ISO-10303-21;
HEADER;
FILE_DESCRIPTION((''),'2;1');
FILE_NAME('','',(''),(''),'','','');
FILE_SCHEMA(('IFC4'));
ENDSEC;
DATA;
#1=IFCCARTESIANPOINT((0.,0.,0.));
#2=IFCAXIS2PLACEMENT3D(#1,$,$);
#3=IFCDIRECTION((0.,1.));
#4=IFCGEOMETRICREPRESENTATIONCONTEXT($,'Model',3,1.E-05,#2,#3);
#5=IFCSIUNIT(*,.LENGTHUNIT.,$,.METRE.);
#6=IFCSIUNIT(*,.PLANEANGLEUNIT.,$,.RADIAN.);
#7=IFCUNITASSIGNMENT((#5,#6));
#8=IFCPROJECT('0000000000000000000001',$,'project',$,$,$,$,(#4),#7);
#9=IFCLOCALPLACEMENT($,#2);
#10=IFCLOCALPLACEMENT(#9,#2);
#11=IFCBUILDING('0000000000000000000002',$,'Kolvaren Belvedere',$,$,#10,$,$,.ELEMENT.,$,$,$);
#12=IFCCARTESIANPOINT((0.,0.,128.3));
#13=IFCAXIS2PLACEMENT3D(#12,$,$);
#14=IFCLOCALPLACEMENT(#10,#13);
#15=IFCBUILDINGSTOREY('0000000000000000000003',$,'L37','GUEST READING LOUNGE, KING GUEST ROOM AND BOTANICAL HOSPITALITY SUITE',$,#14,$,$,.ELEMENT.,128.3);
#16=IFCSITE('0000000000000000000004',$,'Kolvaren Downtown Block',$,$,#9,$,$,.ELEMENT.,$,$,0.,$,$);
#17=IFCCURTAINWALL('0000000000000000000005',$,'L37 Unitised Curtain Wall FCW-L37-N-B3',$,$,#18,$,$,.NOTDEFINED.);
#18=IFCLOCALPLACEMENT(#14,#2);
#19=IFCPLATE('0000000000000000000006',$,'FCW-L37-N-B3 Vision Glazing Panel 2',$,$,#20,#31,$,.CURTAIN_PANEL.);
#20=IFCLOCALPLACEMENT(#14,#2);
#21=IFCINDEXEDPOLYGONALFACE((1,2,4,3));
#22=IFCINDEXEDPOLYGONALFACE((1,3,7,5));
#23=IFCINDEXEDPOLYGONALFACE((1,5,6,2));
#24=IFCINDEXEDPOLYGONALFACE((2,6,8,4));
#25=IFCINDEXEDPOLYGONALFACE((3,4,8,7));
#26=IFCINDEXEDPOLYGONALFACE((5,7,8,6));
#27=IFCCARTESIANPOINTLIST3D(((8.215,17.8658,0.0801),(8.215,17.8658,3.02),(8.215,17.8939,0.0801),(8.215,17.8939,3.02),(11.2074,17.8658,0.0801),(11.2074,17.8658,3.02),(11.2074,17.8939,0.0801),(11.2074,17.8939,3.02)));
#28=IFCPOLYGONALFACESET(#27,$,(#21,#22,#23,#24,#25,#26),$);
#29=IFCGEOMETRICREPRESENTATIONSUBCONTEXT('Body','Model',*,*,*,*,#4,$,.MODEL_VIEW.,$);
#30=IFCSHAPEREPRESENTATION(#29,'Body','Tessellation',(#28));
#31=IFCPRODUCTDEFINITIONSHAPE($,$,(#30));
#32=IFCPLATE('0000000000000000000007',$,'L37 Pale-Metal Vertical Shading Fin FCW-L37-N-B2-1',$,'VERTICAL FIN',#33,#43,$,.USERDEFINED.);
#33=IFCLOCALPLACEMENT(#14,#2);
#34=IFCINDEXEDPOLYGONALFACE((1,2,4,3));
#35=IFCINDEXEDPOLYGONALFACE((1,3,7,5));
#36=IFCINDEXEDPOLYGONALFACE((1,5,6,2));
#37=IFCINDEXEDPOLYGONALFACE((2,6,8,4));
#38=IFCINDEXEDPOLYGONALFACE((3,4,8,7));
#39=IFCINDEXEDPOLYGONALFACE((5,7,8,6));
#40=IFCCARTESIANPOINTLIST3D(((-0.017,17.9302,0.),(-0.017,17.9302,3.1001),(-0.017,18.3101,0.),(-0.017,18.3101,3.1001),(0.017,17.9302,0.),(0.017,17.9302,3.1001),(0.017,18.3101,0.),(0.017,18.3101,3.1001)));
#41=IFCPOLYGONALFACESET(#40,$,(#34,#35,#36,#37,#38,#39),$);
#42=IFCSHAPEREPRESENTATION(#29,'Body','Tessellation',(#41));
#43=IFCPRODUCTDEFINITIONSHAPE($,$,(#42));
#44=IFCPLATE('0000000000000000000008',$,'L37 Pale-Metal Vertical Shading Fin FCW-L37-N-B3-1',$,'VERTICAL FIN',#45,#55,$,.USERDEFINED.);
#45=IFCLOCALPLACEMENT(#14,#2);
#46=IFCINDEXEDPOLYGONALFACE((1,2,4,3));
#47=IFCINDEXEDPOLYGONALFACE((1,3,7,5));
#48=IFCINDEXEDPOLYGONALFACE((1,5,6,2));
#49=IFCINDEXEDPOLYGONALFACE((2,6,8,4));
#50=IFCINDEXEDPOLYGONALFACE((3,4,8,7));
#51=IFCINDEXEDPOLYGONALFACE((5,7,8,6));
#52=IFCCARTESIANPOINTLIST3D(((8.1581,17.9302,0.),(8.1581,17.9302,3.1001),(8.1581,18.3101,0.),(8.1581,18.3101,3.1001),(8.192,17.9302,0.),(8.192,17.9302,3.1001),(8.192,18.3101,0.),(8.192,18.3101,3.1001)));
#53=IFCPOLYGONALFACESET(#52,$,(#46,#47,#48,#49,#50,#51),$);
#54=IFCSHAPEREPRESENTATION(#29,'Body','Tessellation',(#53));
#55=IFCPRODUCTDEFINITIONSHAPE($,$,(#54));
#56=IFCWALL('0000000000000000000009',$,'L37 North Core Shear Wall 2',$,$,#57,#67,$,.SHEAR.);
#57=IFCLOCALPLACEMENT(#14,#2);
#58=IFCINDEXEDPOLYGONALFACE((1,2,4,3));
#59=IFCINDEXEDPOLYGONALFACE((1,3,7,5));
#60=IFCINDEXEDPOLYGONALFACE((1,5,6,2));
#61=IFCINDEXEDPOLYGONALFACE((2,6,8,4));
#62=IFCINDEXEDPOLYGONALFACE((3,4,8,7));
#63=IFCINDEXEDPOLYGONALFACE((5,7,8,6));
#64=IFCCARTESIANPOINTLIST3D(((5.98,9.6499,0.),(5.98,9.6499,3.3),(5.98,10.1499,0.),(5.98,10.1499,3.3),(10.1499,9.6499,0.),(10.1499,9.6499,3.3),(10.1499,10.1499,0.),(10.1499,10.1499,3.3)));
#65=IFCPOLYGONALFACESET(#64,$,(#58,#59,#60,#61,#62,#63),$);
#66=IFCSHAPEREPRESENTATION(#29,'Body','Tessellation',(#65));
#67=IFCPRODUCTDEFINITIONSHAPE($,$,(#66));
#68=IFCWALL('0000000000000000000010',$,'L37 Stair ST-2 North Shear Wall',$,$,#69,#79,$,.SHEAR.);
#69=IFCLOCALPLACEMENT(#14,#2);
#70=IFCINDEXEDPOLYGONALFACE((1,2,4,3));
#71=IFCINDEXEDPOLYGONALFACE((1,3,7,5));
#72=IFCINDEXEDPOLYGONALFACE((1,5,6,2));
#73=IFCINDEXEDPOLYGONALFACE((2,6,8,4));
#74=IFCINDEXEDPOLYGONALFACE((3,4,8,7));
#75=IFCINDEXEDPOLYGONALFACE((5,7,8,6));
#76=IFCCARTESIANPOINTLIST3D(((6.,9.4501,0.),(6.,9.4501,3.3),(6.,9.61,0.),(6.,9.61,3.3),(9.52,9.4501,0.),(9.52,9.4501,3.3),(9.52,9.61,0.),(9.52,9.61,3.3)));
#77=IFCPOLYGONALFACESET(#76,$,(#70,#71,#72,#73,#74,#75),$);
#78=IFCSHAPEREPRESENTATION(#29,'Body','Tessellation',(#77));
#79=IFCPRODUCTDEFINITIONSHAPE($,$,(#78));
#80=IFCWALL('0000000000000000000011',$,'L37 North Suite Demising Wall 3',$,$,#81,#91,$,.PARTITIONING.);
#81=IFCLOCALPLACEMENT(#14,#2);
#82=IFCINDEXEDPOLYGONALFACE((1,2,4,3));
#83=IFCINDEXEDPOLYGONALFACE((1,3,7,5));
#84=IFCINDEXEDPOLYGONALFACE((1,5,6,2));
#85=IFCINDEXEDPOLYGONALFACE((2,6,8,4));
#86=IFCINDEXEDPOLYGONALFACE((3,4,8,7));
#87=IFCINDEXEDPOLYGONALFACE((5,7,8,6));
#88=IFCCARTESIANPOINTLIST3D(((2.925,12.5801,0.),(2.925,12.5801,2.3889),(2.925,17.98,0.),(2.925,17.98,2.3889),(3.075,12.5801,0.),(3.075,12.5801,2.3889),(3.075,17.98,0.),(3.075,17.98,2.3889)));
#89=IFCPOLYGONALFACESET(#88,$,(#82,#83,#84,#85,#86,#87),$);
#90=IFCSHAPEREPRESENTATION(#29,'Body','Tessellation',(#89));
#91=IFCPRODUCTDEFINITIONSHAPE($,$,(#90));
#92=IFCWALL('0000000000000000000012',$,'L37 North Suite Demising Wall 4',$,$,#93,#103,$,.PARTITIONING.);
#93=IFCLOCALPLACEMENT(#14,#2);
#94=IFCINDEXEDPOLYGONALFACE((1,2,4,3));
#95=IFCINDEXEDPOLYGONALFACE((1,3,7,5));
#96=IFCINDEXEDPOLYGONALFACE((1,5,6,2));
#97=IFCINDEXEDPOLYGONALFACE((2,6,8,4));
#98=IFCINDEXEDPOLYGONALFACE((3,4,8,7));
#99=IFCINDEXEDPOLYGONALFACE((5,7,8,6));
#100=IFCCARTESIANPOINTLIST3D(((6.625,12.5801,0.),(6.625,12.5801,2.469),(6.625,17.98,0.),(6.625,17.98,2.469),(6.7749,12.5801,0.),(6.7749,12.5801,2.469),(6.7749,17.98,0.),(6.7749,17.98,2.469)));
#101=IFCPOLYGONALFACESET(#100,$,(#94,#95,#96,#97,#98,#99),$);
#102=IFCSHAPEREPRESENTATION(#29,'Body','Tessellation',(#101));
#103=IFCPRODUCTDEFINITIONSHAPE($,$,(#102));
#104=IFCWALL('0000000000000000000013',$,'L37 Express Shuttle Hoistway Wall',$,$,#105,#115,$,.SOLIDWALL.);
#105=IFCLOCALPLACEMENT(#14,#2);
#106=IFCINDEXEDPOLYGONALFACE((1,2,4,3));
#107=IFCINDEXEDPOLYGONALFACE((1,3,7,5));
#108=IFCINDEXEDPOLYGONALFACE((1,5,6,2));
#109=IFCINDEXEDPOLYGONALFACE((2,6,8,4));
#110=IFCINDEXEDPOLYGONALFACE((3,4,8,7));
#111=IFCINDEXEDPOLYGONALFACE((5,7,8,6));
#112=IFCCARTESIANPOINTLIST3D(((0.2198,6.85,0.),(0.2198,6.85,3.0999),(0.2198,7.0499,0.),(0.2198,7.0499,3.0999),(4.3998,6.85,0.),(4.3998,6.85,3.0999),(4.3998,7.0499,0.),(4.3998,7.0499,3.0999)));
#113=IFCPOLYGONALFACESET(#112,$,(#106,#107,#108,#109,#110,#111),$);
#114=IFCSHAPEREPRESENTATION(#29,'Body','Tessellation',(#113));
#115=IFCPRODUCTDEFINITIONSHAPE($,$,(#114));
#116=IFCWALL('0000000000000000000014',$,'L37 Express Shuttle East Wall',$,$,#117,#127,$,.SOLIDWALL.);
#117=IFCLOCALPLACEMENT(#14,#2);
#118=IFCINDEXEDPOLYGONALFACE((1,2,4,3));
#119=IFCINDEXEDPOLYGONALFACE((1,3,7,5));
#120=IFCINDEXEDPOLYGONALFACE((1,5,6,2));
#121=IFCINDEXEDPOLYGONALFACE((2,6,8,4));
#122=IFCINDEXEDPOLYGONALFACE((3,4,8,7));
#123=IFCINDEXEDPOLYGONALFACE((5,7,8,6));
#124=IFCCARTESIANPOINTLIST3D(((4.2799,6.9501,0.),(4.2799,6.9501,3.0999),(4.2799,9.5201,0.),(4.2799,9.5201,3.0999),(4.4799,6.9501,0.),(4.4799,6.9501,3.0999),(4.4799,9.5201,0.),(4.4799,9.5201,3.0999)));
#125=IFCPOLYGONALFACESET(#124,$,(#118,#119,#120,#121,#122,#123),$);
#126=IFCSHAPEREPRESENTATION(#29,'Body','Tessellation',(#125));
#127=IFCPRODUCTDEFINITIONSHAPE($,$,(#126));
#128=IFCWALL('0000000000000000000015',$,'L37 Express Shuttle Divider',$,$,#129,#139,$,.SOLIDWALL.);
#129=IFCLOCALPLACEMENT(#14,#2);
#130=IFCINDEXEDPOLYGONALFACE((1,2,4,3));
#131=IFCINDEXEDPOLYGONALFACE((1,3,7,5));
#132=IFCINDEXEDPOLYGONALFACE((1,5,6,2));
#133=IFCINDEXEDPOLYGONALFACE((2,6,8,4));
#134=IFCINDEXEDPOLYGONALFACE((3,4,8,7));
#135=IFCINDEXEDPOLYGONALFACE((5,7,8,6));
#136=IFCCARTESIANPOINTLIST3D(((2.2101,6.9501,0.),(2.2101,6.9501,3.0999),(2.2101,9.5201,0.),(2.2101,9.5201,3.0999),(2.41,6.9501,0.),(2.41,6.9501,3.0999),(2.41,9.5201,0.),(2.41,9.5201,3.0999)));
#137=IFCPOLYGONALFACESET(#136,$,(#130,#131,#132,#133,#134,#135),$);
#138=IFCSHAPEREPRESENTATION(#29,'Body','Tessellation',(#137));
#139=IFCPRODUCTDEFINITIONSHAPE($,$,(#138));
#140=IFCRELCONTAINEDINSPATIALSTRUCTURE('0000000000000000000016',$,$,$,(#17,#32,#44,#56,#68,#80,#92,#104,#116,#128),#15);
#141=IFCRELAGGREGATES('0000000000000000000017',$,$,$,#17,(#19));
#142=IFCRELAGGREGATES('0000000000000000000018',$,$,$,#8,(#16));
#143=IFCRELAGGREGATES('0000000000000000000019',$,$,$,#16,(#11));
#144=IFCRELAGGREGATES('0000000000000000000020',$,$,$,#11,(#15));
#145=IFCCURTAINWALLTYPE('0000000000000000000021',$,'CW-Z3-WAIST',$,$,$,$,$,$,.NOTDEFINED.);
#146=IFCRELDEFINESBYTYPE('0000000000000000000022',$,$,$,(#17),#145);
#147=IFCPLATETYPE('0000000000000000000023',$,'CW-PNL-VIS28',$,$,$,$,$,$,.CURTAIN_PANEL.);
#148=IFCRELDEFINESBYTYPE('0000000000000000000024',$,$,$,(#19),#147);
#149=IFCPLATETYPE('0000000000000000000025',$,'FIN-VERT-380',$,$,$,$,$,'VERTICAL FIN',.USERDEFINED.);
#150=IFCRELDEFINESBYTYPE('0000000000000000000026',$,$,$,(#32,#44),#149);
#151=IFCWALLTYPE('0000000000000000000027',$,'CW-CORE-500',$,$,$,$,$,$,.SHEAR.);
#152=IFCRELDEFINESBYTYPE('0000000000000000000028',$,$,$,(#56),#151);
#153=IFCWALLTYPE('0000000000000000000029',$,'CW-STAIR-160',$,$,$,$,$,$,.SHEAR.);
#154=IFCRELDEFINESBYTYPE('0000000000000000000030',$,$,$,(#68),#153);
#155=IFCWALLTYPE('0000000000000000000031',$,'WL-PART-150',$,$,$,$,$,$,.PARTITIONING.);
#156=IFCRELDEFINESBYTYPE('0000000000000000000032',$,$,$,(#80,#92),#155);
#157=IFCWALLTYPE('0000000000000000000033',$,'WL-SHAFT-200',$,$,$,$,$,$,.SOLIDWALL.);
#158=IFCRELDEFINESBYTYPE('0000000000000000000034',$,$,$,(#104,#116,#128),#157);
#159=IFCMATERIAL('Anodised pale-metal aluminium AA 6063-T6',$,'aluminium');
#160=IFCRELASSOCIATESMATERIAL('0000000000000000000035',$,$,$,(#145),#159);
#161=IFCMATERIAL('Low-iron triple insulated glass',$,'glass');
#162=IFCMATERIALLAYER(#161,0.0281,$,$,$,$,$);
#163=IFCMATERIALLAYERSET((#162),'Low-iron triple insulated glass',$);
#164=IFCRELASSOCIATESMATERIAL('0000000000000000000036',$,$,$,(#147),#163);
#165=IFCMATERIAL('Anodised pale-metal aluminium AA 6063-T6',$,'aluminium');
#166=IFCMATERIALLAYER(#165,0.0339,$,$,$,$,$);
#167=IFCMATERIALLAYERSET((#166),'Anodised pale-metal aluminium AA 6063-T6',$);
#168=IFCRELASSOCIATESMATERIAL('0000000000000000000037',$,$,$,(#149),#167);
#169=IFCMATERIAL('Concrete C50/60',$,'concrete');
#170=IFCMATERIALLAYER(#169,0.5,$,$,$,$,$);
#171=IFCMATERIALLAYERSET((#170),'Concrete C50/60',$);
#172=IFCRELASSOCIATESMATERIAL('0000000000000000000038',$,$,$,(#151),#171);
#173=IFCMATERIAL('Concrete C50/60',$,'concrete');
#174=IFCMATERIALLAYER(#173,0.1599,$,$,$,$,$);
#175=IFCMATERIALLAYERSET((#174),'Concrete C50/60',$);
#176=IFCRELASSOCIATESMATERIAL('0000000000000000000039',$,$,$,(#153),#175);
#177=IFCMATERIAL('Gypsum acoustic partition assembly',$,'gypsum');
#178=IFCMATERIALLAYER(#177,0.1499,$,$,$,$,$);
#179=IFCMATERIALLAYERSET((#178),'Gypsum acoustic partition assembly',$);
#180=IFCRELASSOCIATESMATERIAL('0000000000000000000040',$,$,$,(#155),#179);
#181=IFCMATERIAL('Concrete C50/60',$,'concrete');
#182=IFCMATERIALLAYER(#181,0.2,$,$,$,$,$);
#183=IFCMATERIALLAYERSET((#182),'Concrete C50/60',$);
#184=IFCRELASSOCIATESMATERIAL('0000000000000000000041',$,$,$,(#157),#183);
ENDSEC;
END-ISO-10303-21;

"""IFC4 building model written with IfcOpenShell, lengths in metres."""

from ifc_helpers import new_model, si_unit, direction, frame, frame_2d, origin, origin_2d, place, context, subcontext, project, spatial, rectangle, extrude, material, layer, layer_set, type_object, element, aggregate, save


model = new_model("IFC4")

# Units and contexts
model_context = context("Model", 3, precision=1e-05, world=origin(), true_north=direction((0.0, 1.0)))
body_context = subcontext(model_context, "Body", "Model", "MODEL_VIEW")
ifc_project = project(units=[si_unit("LENGTHUNIT", "METRE"), si_unit("PLANEANGLEUNIT", "RADIAN")], contexts=[model_context])

# Site, building, storey
site_placement = place(None, origin())
site = spatial("IfcSite", under=ifc_project, at=site_placement, Name="Kolvaren Downtown Block", CompositionType="ELEMENT", RefElevation=0.0)
building_placement = place(site_placement, origin())
building = spatial("IfcBuilding", under=site, at=building_placement, Name="Kolvaren Belvedere", CompositionType="ELEMENT")
storey_placement = place(building_placement, frame((0.0, 0.0, 128.3)))
storey = spatial("IfcBuildingStorey", under=building, at=storey_placement, Name="L37", Description="GUEST READING LOUNGE, KING GUEST ROOM AND BOTANICAL HOSPITALITY SUITE", CompositionType="ELEMENT", Elevation=128.3)

# Curtain wall
ifc_material_1 = material(Name="Anodised pale-metal aluminium AA 6063-T6", Category="aluminium")
curtain_wall_type = type_object("IfcCurtainWallType", Name="CW-Z3-WAIST", PredefinedType="NOTDEFINED", material=ifc_material_1)
curtain_wall_1_placement = place(storey_placement, origin())
curtain_wall_1 = element("IfcCurtainWall", 1, at=curtain_wall_1_placement, inside=storey, type_object=curtain_wall_type, Name="L37 Unitised Curtain Wall FCW-L37-N-B3", PredefinedType="NOTDEFINED")

# Plate
ifc_material_2 = material(Name="Low-iron triple insulated glass", Category="glass")
ifc_layer_1 = layer(ifc_material_2, 0.0281)
ifc_layer_set_1 = layer_set([ifc_layer_1], Name="Low-iron triple insulated glass")
plate_type_1 = type_object("IfcPlateType", Name="CW-PNL-VIS28", PredefinedType="CURTAIN_PANEL", material=ifc_layer_set_1)
plate_1_placement = place(storey_placement, frame((9.7112, 17.8799, 0.0801), z_axis=(0.0, 0.0, 1.0), x_axis=(1.0, 0.0, 0.0)))
plate_1 = element("IfcPlate", 2, at=plate_1_placement, type_object=plate_type_1, Name="FCW-L37-N-B3 Vision Glazing Panel 2", PredefinedType="CURTAIN_PANEL", context=body_context, shape_type="SweptSolid", body=[
    extrude(rectangle(XDim=2.9924, YDim=0.0281, at=origin_2d()), origin(), (0.0, 0.0, 1.0), 2.9399),
])
aggregate(curtain_wall_1, [plate_1])

# Plates
ifc_material_3 = material(Name="Anodised pale-metal aluminium AA 6063-T6", Category="aluminium")
ifc_layer_2 = layer(ifc_material_3, 0.0339)
ifc_layer_set_2 = layer_set([ifc_layer_2], Name="Anodised pale-metal aluminium AA 6063-T6")
plate_type_2 = type_object("IfcPlateType", Name="FIN-VERT-380", ElementType="VERTICAL FIN", PredefinedType="USERDEFINED", material=ifc_layer_set_2)
for number, where, z_axis, x_axis, name in (
    (3, (0.0, 18.1201, 0.0), (0.0, 0.0, 1.0), (0.0, 1.0, 0.0), "L37 Pale-Metal Vertical Shading Fin FCW-L37-N-B2-1"),
    (4, (8.175, 18.1201, 0.0), (0.0, 0.0, 1.0), (0.0, 1.0, 0.0), "L37 Pale-Metal Vertical Shading Fin FCW-L37-N-B3-1"),
):
    element("IfcPlate", number, at=place(storey_placement, frame(where, z_axis=z_axis, x_axis=x_axis)), inside=storey, type_object=plate_type_2, Name=name, ObjectType="VERTICAL FIN", PredefinedType="USERDEFINED", context=body_context, shape_type="SweptSolid", body=[
        extrude(rectangle(XDim=0.3799, YDim=0.0339, at=origin_2d()), origin(), (0.0, 0.0, 1.0), 3.1001),
    ])

# Walls
ifc_material_4 = material(Name="Concrete C50/60", Category="concrete")
ifc_layer_3 = layer(ifc_material_4, 0.5)
ifc_layer_set_3 = layer_set([ifc_layer_3], Name="Concrete C50/60")
wall_type_1 = type_object("IfcWallType", Name="CW-CORE-500", PredefinedType="SHEAR", material=ifc_layer_set_3)
wall_1_placement = place(storey_placement, frame((5.98, 9.8999, 0.0), z_axis=(0.0, 0.0, 1.0), x_axis=(1.0, 0.0, 0.0)))
element("IfcWall", 5, at=wall_1_placement, inside=storey, type_object=wall_type_1, Name="L37 North Core Shear Wall 2", PredefinedType="SHEAR", context=body_context, shape_type="SweptSolid", body=[
    extrude(rectangle(XDim=4.1699, YDim=0.5, at=frame_2d((2.085, 0.0))), origin(), (0.0, 0.0, 1.0), 3.3),
])
ifc_material_5 = material(Name="Concrete C50/60", Category="concrete")
ifc_layer_4 = layer(ifc_material_5, 0.1599)
ifc_layer_set_4 = layer_set([ifc_layer_4], Name="Concrete C50/60")
wall_type_2 = type_object("IfcWallType", Name="CW-STAIR-160", PredefinedType="SHEAR", material=ifc_layer_set_4)
wall_2_placement = place(storey_placement, frame((6.0, 9.53, 0.0), z_axis=(0.0, 0.0, 1.0), x_axis=(1.0, 0.0, 0.0)))
element("IfcWall", 6, at=wall_2_placement, inside=storey, type_object=wall_type_2, Name="L37 Stair ST-2 North Shear Wall", PredefinedType="SHEAR", context=body_context, shape_type="SweptSolid", body=[
    extrude(rectangle(XDim=3.52, YDim=0.1599, at=frame_2d((1.76, 0.0))), origin(), (0.0, 0.0, 1.0), 3.3),
])
ifc_material_6 = material(Name="Gypsum acoustic partition assembly", Category="gypsum")
ifc_layer_5 = layer(ifc_material_6, 0.1499)
ifc_layer_set_5 = layer_set([ifc_layer_5], Name="Gypsum acoustic partition assembly")
wall_type_3 = type_object("IfcWallType", Name="WL-PART-150", PredefinedType="PARTITIONING", material=ifc_layer_set_5)
wall_3_placement = place(storey_placement, frame((3.0, 12.5801, 0.0), z_axis=(0.0, 0.0, 1.0), x_axis=(0.0, 1.0, 0.0)))
element("IfcWall", 7, at=wall_3_placement, inside=storey, type_object=wall_type_3, Name="L37 North Suite Demising Wall 3", PredefinedType="PARTITIONING", context=body_context, shape_type="SweptSolid", body=[
    extrude(rectangle(XDim=5.3999, YDim=0.1499, at=frame_2d((2.7, 0.0))), origin(), (0.0, 0.0, 1.0), 2.3889),
])
wall_4_placement = place(storey_placement, frame((6.7, 12.5801, 0.0), z_axis=(0.0, 0.0, 1.0), x_axis=(0.0, 1.0, 0.0)))
element("IfcWall", 8, at=wall_4_placement, inside=storey, type_object=wall_type_3, Name="L37 North Suite Demising Wall 4", PredefinedType="PARTITIONING", context=body_context, shape_type="SweptSolid", body=[
    extrude(rectangle(XDim=5.3999, YDim=0.1499, at=frame_2d((2.7, 0.0))), origin(), (0.0, 0.0, 1.0), 2.469),
])
ifc_material_7 = material(Name="Concrete C50/60", Category="concrete")
ifc_layer_6 = layer(ifc_material_7, 0.2)
ifc_layer_set_6 = layer_set([ifc_layer_6], Name="Concrete C50/60")
wall_type_4 = type_object("IfcWallType", Name="WL-SHAFT-200", PredefinedType="SOLIDWALL", material=ifc_layer_set_6)
wall_5_placement = place(storey_placement, frame((0.22, 6.95, 0.0), z_axis=(0.0, 0.0, 1.0), x_axis=(1.0, 0.0, 0.0)))
element("IfcWall", 9, at=wall_5_placement, inside=storey, type_object=wall_type_4, Name="L37 Express Shuttle Hoistway Wall", PredefinedType="SOLIDWALL", context=body_context, shape_type="SweptSolid", body=[
    extrude(rectangle(XDim=4.1799, YDim=0.2, at=frame_2d((2.0898, 0.0))), origin(), (0.0, 0.0, 1.0), 3.0999),
])
for number, where, z_axis, x_axis, name in (
    (10, (4.3799, 6.95, 0.0), (0.0, 0.0, 1.0), (0.0, 1.0, 0.0), "L37 Express Shuttle East Wall"),
    (11, (2.3101, 6.95, 0.0), (0.0, 0.0, 1.0), (0.0, 1.0, 0.0), "L37 Express Shuttle Divider"),
):
    element("IfcWall", number, at=place(storey_placement, frame(where, z_axis=z_axis, x_axis=x_axis)), inside=storey, type_object=wall_type_4, Name=name, PredefinedType="SOLIDWALL", context=body_context, shape_type="SweptSolid", body=[
        extrude(rectangle(XDim=2.5701, YDim=0.2, at=frame_2d((1.2852, 0.0))), origin(), (0.0, 0.0, 1.0), 3.0999),
    ])

save(model, "model.ifc")
